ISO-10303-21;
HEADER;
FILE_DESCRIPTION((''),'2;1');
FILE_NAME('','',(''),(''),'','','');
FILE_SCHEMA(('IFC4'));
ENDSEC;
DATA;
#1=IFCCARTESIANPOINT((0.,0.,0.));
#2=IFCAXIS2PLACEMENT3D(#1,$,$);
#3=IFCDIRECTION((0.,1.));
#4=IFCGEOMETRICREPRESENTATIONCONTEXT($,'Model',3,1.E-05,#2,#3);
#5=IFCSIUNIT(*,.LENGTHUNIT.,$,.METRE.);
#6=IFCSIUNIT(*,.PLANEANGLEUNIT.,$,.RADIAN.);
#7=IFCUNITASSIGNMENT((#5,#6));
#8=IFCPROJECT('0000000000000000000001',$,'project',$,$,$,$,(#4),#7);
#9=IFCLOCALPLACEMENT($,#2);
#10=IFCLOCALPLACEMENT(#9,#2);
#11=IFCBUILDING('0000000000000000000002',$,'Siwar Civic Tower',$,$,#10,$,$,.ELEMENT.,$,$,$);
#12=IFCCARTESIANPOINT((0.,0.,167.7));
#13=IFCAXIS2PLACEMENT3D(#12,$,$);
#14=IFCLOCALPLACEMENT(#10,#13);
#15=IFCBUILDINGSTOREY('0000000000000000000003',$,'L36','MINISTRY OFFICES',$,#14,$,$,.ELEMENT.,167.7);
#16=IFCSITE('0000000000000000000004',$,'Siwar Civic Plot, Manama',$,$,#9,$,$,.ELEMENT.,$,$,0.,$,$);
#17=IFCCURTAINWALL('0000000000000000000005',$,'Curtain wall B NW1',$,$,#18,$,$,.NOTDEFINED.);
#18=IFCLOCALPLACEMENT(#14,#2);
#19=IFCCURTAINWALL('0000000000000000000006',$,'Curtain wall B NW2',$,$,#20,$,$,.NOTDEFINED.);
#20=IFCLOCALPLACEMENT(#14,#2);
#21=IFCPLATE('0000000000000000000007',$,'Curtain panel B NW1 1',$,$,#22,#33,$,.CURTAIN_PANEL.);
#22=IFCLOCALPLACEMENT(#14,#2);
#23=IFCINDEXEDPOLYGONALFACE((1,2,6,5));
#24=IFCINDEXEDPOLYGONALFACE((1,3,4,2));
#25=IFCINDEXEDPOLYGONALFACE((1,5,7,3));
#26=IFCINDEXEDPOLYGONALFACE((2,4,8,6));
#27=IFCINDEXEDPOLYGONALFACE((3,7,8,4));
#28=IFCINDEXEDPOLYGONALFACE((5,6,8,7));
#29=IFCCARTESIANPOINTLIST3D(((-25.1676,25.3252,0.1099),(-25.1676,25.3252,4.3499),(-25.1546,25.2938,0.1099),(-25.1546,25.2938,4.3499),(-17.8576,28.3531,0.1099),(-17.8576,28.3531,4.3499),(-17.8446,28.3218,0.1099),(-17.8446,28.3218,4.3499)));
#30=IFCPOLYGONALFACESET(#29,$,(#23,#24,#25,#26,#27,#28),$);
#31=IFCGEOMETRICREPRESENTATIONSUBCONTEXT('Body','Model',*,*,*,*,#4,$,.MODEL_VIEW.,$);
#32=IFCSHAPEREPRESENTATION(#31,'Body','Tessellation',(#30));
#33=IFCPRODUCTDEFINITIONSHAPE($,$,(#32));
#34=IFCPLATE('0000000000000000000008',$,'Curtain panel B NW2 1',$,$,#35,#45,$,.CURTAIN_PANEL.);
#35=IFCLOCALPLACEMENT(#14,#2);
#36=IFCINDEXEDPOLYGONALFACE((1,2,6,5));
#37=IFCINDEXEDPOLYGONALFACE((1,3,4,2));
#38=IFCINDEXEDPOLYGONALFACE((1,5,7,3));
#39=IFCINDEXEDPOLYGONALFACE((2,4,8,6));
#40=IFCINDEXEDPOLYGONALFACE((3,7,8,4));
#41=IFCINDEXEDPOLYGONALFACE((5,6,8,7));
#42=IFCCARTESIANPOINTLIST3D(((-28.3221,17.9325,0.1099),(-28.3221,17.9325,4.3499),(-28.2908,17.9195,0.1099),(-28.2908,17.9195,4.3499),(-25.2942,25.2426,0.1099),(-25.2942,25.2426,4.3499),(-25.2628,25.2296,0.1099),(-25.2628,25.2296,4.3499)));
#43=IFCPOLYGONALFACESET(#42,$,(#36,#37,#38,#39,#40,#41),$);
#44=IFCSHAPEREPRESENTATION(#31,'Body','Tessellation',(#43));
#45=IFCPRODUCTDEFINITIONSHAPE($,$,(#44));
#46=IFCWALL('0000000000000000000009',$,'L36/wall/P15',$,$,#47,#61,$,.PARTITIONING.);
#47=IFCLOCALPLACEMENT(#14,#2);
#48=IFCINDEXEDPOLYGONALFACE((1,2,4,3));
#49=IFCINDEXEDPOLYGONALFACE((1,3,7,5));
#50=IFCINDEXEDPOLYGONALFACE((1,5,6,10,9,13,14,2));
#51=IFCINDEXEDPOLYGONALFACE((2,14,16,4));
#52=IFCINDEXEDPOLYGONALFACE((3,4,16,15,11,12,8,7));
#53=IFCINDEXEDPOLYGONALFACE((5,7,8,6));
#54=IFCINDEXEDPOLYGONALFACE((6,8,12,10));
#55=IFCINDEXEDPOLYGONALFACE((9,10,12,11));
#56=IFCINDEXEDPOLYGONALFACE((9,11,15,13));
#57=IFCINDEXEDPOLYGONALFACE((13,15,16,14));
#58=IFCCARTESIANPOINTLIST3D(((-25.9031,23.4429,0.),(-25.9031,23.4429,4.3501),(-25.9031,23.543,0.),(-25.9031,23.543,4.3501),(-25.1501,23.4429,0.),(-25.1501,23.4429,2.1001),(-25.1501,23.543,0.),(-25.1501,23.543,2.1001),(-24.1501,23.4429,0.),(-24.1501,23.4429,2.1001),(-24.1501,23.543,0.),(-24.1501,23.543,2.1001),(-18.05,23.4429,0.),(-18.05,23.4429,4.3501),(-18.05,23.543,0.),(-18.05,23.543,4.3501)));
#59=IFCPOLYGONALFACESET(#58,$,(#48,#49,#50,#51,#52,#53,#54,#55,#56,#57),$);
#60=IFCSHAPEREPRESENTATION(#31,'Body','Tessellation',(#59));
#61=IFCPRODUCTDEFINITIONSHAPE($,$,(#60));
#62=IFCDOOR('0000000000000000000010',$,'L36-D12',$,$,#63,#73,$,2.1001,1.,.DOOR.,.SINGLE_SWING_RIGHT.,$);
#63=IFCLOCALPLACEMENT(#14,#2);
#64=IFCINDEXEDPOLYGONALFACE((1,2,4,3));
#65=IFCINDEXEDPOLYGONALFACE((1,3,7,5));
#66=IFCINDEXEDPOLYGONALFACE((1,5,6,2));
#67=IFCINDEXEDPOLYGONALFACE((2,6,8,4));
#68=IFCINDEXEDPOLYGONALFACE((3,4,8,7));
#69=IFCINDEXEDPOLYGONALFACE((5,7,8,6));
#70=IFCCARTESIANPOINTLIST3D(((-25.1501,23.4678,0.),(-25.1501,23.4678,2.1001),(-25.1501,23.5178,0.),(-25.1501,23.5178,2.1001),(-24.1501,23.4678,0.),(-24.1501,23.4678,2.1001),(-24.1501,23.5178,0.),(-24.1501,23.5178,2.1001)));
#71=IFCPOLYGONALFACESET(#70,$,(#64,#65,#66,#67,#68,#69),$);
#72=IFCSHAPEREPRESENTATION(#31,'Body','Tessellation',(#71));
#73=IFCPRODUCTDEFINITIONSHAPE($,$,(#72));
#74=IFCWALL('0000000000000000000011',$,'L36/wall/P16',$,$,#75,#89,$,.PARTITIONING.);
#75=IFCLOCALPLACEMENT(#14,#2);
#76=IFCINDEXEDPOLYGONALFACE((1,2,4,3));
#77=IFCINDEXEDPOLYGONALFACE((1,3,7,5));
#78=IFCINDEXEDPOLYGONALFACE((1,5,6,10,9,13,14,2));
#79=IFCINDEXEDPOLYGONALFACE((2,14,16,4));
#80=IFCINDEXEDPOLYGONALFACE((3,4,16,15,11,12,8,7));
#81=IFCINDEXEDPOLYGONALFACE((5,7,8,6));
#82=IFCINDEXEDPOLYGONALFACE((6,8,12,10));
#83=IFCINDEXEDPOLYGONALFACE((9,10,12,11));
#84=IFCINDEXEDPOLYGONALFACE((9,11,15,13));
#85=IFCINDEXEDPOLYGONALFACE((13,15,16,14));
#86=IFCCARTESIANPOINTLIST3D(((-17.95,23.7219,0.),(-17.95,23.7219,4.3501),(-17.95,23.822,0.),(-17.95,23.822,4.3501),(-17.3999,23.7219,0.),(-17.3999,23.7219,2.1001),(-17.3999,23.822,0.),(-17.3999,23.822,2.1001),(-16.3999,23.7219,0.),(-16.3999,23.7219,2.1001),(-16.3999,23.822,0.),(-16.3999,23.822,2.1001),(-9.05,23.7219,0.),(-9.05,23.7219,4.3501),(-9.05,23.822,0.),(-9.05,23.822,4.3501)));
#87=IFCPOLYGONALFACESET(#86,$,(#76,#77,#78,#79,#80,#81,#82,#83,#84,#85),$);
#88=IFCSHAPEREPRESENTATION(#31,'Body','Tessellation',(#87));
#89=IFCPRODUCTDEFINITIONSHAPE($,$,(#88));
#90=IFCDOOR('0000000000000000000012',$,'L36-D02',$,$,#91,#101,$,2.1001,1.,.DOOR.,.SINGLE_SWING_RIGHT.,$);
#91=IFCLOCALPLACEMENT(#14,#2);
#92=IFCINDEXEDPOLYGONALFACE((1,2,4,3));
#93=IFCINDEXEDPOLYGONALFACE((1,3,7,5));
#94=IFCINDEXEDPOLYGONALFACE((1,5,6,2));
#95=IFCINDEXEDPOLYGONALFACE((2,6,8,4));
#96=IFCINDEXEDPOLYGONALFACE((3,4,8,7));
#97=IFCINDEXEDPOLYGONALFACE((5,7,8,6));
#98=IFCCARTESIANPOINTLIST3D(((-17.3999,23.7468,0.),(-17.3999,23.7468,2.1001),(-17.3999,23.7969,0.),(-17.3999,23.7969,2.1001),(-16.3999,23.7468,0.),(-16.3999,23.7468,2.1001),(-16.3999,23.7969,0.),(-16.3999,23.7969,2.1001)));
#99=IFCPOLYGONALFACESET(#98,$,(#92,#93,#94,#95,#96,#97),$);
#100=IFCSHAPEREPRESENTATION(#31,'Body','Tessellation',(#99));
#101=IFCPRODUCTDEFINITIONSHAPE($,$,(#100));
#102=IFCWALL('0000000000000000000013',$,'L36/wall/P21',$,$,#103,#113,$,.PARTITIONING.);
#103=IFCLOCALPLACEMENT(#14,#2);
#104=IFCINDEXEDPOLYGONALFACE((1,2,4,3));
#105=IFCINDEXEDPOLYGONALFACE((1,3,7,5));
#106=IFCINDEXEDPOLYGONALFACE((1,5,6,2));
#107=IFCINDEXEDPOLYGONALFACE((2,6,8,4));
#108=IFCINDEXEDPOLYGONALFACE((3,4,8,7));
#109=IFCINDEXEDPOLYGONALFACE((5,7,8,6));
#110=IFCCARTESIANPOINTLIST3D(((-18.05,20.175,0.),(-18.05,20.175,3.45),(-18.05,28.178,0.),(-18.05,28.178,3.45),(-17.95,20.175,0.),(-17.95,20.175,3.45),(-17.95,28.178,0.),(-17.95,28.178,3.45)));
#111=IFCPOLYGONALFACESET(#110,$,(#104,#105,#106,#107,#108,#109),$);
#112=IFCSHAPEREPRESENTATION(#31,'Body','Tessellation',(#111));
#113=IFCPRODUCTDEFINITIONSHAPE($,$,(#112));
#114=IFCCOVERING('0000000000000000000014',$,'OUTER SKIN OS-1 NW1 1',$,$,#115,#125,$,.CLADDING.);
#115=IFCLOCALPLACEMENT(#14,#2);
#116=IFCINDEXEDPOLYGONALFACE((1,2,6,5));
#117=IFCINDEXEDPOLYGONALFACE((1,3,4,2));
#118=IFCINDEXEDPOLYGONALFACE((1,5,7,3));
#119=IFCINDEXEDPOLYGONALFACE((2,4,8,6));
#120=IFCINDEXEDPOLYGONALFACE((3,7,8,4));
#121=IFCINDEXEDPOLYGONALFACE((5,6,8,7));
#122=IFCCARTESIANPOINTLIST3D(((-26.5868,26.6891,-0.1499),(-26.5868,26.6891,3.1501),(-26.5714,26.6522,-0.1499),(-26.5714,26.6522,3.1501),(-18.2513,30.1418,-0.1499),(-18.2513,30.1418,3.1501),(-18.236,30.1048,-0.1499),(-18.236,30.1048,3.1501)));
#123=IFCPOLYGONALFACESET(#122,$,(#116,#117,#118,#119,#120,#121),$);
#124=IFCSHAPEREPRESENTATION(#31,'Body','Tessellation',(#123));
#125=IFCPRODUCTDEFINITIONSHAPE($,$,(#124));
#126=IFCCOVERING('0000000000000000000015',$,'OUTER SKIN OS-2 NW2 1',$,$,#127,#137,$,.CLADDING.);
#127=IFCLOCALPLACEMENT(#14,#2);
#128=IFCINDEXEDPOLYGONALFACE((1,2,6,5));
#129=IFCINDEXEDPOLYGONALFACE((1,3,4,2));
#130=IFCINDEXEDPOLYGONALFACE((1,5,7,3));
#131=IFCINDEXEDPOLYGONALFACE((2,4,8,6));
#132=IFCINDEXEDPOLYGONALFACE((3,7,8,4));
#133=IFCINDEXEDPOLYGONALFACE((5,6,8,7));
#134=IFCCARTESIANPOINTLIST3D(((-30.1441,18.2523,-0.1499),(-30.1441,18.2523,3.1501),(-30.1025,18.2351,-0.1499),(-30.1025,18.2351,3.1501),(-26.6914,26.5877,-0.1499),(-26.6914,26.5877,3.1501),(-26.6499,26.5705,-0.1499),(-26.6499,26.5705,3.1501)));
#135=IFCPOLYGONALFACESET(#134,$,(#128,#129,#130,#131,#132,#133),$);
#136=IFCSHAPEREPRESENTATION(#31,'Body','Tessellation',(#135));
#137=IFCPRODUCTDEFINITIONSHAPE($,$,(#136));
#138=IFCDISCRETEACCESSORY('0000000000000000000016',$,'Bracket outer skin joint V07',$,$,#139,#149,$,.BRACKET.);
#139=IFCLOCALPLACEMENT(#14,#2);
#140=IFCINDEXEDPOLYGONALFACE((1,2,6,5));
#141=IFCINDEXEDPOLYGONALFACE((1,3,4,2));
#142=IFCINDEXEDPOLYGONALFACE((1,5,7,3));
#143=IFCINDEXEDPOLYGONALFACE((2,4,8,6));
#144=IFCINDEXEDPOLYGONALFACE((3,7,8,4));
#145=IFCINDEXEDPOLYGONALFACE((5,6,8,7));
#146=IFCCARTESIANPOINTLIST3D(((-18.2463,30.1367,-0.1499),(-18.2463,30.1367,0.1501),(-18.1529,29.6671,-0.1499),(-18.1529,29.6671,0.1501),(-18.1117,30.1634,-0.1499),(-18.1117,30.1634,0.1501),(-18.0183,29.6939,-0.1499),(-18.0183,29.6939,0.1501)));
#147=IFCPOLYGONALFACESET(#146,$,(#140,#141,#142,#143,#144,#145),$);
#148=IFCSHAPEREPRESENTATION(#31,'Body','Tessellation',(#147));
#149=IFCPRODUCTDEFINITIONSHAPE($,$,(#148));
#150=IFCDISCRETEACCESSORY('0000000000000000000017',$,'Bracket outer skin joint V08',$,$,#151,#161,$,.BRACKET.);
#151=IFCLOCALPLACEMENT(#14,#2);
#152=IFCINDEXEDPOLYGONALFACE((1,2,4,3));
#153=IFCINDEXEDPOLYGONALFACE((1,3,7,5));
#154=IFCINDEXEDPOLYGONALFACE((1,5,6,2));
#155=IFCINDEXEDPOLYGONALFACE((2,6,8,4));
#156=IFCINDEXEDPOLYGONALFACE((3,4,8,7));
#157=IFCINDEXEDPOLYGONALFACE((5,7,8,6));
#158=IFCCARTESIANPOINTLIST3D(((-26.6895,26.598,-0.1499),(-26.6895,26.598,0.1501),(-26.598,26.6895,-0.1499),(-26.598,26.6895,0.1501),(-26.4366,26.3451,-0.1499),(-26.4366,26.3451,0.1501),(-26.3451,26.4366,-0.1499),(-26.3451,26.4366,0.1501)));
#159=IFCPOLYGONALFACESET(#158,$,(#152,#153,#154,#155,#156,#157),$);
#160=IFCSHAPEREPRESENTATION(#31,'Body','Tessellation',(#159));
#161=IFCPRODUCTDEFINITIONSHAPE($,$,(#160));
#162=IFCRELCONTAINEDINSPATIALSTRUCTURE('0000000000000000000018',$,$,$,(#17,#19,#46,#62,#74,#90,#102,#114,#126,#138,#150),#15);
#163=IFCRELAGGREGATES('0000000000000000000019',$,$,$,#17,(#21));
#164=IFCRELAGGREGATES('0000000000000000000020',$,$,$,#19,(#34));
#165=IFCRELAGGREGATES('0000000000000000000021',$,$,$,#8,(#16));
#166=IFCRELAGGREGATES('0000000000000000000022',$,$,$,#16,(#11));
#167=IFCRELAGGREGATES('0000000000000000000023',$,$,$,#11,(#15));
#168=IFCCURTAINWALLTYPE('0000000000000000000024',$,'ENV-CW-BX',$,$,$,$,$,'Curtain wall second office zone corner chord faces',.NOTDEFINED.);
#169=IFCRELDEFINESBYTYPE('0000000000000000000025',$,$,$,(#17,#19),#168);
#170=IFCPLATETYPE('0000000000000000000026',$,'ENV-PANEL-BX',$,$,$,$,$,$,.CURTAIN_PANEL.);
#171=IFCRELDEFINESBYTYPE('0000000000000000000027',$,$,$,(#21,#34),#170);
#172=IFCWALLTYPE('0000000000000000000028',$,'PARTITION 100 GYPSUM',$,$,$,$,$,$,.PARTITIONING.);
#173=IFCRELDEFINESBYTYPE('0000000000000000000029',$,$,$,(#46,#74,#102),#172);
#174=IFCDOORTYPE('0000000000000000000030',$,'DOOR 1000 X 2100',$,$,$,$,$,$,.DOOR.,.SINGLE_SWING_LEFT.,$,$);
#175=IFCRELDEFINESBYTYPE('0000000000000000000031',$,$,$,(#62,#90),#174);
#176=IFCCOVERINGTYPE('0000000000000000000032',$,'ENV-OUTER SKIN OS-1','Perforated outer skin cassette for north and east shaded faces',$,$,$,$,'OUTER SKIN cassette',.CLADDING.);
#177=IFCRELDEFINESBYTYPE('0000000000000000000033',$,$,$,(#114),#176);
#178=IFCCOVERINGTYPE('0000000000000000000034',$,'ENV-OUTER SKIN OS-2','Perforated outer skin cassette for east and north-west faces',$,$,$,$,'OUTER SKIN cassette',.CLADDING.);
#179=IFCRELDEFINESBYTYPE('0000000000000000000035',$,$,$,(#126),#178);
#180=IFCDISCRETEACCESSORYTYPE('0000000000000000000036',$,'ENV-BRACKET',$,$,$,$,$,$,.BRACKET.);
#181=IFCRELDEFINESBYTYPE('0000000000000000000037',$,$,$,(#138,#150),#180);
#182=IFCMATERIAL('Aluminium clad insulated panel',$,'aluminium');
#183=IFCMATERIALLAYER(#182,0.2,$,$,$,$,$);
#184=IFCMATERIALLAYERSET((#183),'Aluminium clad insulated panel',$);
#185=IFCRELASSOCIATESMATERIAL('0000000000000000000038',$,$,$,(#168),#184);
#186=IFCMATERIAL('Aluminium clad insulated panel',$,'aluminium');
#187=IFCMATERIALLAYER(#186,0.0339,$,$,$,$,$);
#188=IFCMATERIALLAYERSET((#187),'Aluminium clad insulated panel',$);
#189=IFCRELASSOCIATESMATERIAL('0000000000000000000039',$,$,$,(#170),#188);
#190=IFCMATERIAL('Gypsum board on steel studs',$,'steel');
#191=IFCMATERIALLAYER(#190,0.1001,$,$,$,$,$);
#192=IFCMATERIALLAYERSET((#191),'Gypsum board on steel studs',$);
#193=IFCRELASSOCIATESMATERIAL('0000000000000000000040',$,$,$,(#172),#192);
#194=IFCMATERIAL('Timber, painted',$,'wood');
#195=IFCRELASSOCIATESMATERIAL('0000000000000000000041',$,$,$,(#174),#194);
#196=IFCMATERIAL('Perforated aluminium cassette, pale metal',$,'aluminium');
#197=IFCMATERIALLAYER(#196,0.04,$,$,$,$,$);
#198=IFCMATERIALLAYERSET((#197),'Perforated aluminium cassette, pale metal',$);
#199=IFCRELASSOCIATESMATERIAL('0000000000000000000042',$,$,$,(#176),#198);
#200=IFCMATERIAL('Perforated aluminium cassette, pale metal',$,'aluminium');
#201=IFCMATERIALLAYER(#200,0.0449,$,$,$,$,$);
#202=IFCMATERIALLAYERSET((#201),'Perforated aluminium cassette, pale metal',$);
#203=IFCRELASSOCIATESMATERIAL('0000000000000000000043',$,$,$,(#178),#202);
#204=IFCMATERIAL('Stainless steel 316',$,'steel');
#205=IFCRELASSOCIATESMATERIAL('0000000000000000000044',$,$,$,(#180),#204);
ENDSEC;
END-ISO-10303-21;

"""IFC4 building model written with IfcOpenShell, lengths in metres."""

from ifc_helpers import new_model, si_unit, direction, frame, frame_2d, origin, origin_2d, place, context, subcontext, project, spatial, rectangle, extrude, material, layer, layer_set, type_object, element, fill, aggregate, save


model = new_model("IFC4")

# Units and contexts
model_context = context("Model", 3, precision=1e-05, world=origin(), true_north=direction((0.0, 1.0)))
body_context = subcontext(model_context, "Body", "Model", "MODEL_VIEW")
ifc_project = project(units=[si_unit("LENGTHUNIT", "METRE"), si_unit("PLANEANGLEUNIT", "RADIAN")], contexts=[model_context])

# Site, building, storey
site_placement = place(None, origin())
site = spatial("IfcSite", under=ifc_project, at=site_placement, Name="Siwar Civic Plot, Manama", CompositionType="ELEMENT", RefElevation=0.0)
building_placement = place(site_placement, origin())
building = spatial("IfcBuilding", under=site, at=building_placement, Name="Siwar Civic Tower", CompositionType="ELEMENT")
storey_placement = place(building_placement, frame((0.0, 0.0, 167.7)))
storey = spatial("IfcBuildingStorey", under=building, at=storey_placement, Name="L36", Description="MINISTRY OFFICES", CompositionType="ELEMENT", Elevation=167.7)

# Curtain walls
ifc_material_1 = material(Name="Aluminium clad insulated panel", Category="aluminium")
ifc_layer_1 = layer(ifc_material_1, 0.2)
ifc_layer_set_1 = layer_set([ifc_layer_1], Name="Aluminium clad insulated panel")
curtain_wall_type = type_object("IfcCurtainWallType", Name="ENV-CW-BX", ElementType="Curtain wall second office zone corner chord faces", PredefinedType="NOTDEFINED", material=ifc_layer_set_1)
curtain_wall_1_placement = place(storey_placement, origin())
curtain_wall_1 = element("IfcCurtainWall", 1, at=curtain_wall_1_placement, inside=storey, type_object=curtain_wall_type, Name="Curtain wall B NW1", PredefinedType="NOTDEFINED")
curtain_wall_2_placement = place(storey_placement, origin())
curtain_wall_2 = element("IfcCurtainWall", 2, at=curtain_wall_2_placement, inside=storey, type_object=curtain_wall_type, Name="Curtain wall B NW2", PredefinedType="NOTDEFINED")

# Plates
ifc_material_2 = material(Name="Aluminium clad insulated panel", Category="aluminium")
ifc_layer_2 = layer(ifc_material_2, 0.0339)
ifc_layer_set_2 = layer_set([ifc_layer_2], Name="Aluminium clad insulated panel")
plate_type = type_object("IfcPlateType", Name="ENV-PANEL-BX", PredefinedType="CURTAIN_PANEL", material=ifc_layer_set_2)
plate_1_placement = place(storey_placement, frame((-21.5061, 26.8235, 0.1099), z_axis=(0.0, 0.0, 1.0), x_axis=(-0.92388, -0.382683, 0.0)))
plate_1 = element("IfcPlate", 3, at=plate_1_placement, type_object=plate_type, Name="Curtain panel B NW1 1", PredefinedType="CURTAIN_PANEL", context=body_context, shape_type="SweptSolid", body=[
    extrude(rectangle(XDim=7.9124, YDim=0.0339, at=origin_2d()), origin(), (0.0, 0.0, 1.0), 4.24),
])
aggregate(curtain_wall_1, [plate_1])
plate_2_placement = place(storey_placement, frame((-26.7925, 21.5811, 0.1099), z_axis=(0.0, 0.0, 1.0), x_axis=(-0.382683, -0.92388, 0.0)))
plate_2 = element("IfcPlate", 4, at=plate_2_placement, type_object=plate_type, Name="Curtain panel B NW2 1", PredefinedType="CURTAIN_PANEL", context=body_context, shape_type="SweptSolid", body=[
    extrude(rectangle(XDim=7.9124, YDim=0.0339, at=origin_2d()), origin(), (0.0, 0.0, 1.0), 4.24),
])
aggregate(curtain_wall_2, [plate_2])

# Walls, openings, doors
ifc_material_3 = material(Name="Gypsum board on steel studs", Category="steel")
ifc_layer_3 = layer(ifc_material_3, 0.1001)
ifc_layer_set_3 = layer_set([ifc_layer_3], Name="Gypsum board on steel studs")
wall_type = type_object("IfcWallType", Name="PARTITION 100 GYPSUM", PredefinedType="PARTITIONING", material=ifc_layer_set_3)
wall_1_placement = place(storey_placement, frame((-25.9031, 23.4929, 0.0), z_axis=(0.0, 0.0, 1.0), x_axis=(1.0, 0.0, 0.0)))
wall_1 = element("IfcWall", 5, at=wall_1_placement, inside=storey, type_object=wall_type, Name="L36/wall/P15", PredefinedType="PARTITIONING", context=body_context, shape_type="SweptSolid", body=[
    extrude(rectangle(XDim=7.853, YDim=0.1001, at=frame_2d((3.9265, 0.0))), origin(), (0.0, 0.0, 1.0), 4.3501),
])
opening_1_placement = place(wall_1_placement, frame((0.7529, 0.0, 0.0)))
opening_1 = element("IfcOpeningElement", 6, at=opening_1_placement, cuts=wall_1, PredefinedType="OPENING", context=body_context, shape_type="SweptSolid", body=[
    extrude(rectangle(XDim=1.0, YDim=2.1001, at=frame_2d((0.5, 1.05))), frame((0.0, 0.0601, 0.0), z_axis=(0.0, -1.0, 0.0), x_axis=(1.0, 0.0, 0.0)), (0.0, 0.0, 1.0), 0.1201),
])
ifc_material_4 = material(Name="Timber, painted", Category="wood")
door_type = type_object("IfcDoorType", Name="DOOR 1000 X 2100", OperationType="SINGLE_SWING_LEFT", PredefinedType="DOOR", material=ifc_material_4)
door_1_placement = place(opening_1_placement, origin())
door_1 = element("IfcDoor", 7, at=door_1_placement, inside=storey, type_object=door_type, Name="L36-D12", OperationType="SINGLE_SWING_RIGHT", OverallHeight=2.1001, OverallWidth=1.0, PredefinedType="DOOR", context=body_context, shape_type="SweptSolid", body=[
    extrude(rectangle(XDim=1.0, YDim=2.1001, at=frame_2d((0.5, 1.05))), frame((0.0, 0.0249, 0.0), z_axis=(0.0, -1.0, 0.0), x_axis=(1.0, 0.0, 0.0)), (0.0, 0.0, 1.0), 0.05),
])
fill(opening_1, door_1)
wall_2_placement = place(storey_placement, frame((-17.95, 23.772, 0.0), z_axis=(0.0, 0.0, 1.0), x_axis=(1.0, 0.0, 0.0)))
wall_2 = element("IfcWall", 8, at=wall_2_placement, inside=storey, type_object=wall_type, Name="L36/wall/P16", PredefinedType="PARTITIONING", context=body_context, shape_type="SweptSolid", body=[
    extrude(rectangle(XDim=8.8999, YDim=0.1001, at=frame_2d((4.45, 0.0))), origin(), (0.0, 0.0, 1.0), 4.3501),
])
opening_2_placement = place(wall_2_placement, frame((0.55, 0.0, 0.0)))
opening_2 = element("IfcOpeningElement", 9, at=opening_2_placement, cuts=wall_2, PredefinedType="OPENING", context=body_context, shape_type="SweptSolid", body=[
    extrude(rectangle(XDim=1.0, YDim=2.1001, at=frame_2d((0.5, 1.05))), frame((0.0, 0.0601, 0.0), z_axis=(0.0, -1.0, 0.0), x_axis=(1.0, 0.0, 0.0)), (0.0, 0.0, 1.0), 0.1201),
])
door_2_placement = place(opening_2_placement, origin())
door_2 = element("IfcDoor", 10, at=door_2_placement, inside=storey, type_object=door_type, Name="L36-D02", OperationType="SINGLE_SWING_RIGHT", OverallHeight=2.1001, OverallWidth=1.0, PredefinedType="DOOR", context=body_context, shape_type="SweptSolid", body=[
    extrude(rectangle(XDim=1.0, YDim=2.1001, at=frame_2d((0.5, 1.05))), frame((0.0, 0.0249, 0.0), z_axis=(0.0, -1.0, 0.0), x_axis=(1.0, 0.0, 0.0)), (0.0, 0.0, 1.0), 0.05),
])
fill(opening_2, door_2)

# Wall
wall_3_placement = place(storey_placement, frame((-18.0, 20.175, 0.0), z_axis=(0.0, 0.0, 1.0), x_axis=(0.0, 1.0, 0.0)))
element("IfcWall", 11, at=wall_3_placement, inside=storey, type_object=wall_type, Name="L36/wall/P21", PredefinedType="PARTITIONING", context=body_context, shape_type="SweptSolid", body=[
    extrude(rectangle(XDim=8.0029, YDim=0.1001, at=frame_2d((4.0015, 0.0))), origin(), (0.0, 0.0, 1.0), 3.45),
])

# Coverings
ifc_material_5 = material(Name="Perforated aluminium cassette, pale metal", Category="aluminium")
ifc_layer_4 = layer(ifc_material_5, 0.04)
ifc_layer_set_4 = layer_set([ifc_layer_4], Name="Perforated aluminium cassette, pale metal")
covering_type_1 = type_object("IfcCoveringType", Name="ENV-OUTER SKIN OS-1", Description="Perforated outer skin cassette for north and east shaded faces", ElementType="OUTER SKIN cassette", PredefinedType="CLADDING", material=ifc_layer_set_4)
covering_1_placement = place(storey_placement, frame((-22.4114, 28.397, -0.1499), z_axis=(0.0, 0.0, 1.0), x_axis=(-0.92388, -0.382683, 0.0)))
element("IfcCovering", 12, at=covering_1_placement, inside=storey, type_object=covering_type_1, Name="OUTER SKIN OS-1 NW1 1", PredefinedType="CLADDING", context=body_context, shape_type="SweptSolid", body=[
    extrude(rectangle(XDim=9.0222, YDim=0.04, at=origin_2d()), origin(), (0.0, 0.0, 1.0), 3.3),
])
ifc_material_6 = material(Name="Perforated aluminium cassette, pale metal", Category="aluminium")
ifc_layer_5 = layer(ifc_material_6, 0.0449)
ifc_layer_set_5 = layer_set([ifc_layer_5], Name="Perforated aluminium cassette, pale metal")
covering_type_2 = type_object("IfcCoveringType", Name="ENV-OUTER SKIN OS-2", Description="Perforated outer skin cassette for east and north-west faces", ElementType="OUTER SKIN cassette", PredefinedType="CLADDING", material=ifc_layer_set_5)
covering_2_placement = place(storey_placement, frame((-28.397, 22.4114, -0.1499), z_axis=(0.0, 0.0, 1.0), x_axis=(-0.382683, -0.92388, 0.0)))
element("IfcCovering", 13, at=covering_2_placement, inside=storey, type_object=covering_type_2, Name="OUTER SKIN OS-2 NW2 1", PredefinedType="CLADDING", context=body_context, shape_type="SweptSolid", body=[
    extrude(rectangle(XDim=9.0222, YDim=0.0449, at=origin_2d()), origin(), (0.0, 0.0, 1.0), 3.3),
])

# Discrete accessories
ifc_material_7 = material(Name="Stainless steel 316", Category="steel")
discrete_accessory_type = type_object("IfcDiscreteAccessoryType", Name="ENV-BRACKET", PredefinedType="BRACKET", material=ifc_material_7)
discrete_accessory_1_placement = place(storey_placement, frame((-18.1323, 29.9153, -0.1499), z_axis=(0.0, 0.0, 1.0), x_axis=(-0.19509, 0.980785, 0.0)))
element("IfcDiscreteAccessory", 14, at=discrete_accessory_1_placement, inside=storey, type_object=discrete_accessory_type, Name="Bracket outer skin joint V07", PredefinedType="BRACKET", context=body_context, shape_type="SweptSolid", body=[
    extrude(rectangle(XDim=0.4788, YDim=0.1372, at=origin_2d()), origin(), (0.0, 0.0, 1.0), 0.3),
])
discrete_accessory_2_placement = place(storey_placement, frame((-26.5173, 26.5173, -0.1499), z_axis=(0.0, 0.0, 1.0), x_axis=(-0.707107, 0.707107, 0.0)))
element("IfcDiscreteAccessory", 15, at=discrete_accessory_2_placement, inside=storey, type_object=discrete_accessory_type, Name="Bracket outer skin joint V08", PredefinedType="BRACKET", context=body_context, shape_type="SweptSolid", body=[
    extrude(rectangle(XDim=0.3577, YDim=0.1294, at=origin_2d()), origin(), (0.0, 0.0, 1.0), 0.3),
])

save(model, "model.ifc")
